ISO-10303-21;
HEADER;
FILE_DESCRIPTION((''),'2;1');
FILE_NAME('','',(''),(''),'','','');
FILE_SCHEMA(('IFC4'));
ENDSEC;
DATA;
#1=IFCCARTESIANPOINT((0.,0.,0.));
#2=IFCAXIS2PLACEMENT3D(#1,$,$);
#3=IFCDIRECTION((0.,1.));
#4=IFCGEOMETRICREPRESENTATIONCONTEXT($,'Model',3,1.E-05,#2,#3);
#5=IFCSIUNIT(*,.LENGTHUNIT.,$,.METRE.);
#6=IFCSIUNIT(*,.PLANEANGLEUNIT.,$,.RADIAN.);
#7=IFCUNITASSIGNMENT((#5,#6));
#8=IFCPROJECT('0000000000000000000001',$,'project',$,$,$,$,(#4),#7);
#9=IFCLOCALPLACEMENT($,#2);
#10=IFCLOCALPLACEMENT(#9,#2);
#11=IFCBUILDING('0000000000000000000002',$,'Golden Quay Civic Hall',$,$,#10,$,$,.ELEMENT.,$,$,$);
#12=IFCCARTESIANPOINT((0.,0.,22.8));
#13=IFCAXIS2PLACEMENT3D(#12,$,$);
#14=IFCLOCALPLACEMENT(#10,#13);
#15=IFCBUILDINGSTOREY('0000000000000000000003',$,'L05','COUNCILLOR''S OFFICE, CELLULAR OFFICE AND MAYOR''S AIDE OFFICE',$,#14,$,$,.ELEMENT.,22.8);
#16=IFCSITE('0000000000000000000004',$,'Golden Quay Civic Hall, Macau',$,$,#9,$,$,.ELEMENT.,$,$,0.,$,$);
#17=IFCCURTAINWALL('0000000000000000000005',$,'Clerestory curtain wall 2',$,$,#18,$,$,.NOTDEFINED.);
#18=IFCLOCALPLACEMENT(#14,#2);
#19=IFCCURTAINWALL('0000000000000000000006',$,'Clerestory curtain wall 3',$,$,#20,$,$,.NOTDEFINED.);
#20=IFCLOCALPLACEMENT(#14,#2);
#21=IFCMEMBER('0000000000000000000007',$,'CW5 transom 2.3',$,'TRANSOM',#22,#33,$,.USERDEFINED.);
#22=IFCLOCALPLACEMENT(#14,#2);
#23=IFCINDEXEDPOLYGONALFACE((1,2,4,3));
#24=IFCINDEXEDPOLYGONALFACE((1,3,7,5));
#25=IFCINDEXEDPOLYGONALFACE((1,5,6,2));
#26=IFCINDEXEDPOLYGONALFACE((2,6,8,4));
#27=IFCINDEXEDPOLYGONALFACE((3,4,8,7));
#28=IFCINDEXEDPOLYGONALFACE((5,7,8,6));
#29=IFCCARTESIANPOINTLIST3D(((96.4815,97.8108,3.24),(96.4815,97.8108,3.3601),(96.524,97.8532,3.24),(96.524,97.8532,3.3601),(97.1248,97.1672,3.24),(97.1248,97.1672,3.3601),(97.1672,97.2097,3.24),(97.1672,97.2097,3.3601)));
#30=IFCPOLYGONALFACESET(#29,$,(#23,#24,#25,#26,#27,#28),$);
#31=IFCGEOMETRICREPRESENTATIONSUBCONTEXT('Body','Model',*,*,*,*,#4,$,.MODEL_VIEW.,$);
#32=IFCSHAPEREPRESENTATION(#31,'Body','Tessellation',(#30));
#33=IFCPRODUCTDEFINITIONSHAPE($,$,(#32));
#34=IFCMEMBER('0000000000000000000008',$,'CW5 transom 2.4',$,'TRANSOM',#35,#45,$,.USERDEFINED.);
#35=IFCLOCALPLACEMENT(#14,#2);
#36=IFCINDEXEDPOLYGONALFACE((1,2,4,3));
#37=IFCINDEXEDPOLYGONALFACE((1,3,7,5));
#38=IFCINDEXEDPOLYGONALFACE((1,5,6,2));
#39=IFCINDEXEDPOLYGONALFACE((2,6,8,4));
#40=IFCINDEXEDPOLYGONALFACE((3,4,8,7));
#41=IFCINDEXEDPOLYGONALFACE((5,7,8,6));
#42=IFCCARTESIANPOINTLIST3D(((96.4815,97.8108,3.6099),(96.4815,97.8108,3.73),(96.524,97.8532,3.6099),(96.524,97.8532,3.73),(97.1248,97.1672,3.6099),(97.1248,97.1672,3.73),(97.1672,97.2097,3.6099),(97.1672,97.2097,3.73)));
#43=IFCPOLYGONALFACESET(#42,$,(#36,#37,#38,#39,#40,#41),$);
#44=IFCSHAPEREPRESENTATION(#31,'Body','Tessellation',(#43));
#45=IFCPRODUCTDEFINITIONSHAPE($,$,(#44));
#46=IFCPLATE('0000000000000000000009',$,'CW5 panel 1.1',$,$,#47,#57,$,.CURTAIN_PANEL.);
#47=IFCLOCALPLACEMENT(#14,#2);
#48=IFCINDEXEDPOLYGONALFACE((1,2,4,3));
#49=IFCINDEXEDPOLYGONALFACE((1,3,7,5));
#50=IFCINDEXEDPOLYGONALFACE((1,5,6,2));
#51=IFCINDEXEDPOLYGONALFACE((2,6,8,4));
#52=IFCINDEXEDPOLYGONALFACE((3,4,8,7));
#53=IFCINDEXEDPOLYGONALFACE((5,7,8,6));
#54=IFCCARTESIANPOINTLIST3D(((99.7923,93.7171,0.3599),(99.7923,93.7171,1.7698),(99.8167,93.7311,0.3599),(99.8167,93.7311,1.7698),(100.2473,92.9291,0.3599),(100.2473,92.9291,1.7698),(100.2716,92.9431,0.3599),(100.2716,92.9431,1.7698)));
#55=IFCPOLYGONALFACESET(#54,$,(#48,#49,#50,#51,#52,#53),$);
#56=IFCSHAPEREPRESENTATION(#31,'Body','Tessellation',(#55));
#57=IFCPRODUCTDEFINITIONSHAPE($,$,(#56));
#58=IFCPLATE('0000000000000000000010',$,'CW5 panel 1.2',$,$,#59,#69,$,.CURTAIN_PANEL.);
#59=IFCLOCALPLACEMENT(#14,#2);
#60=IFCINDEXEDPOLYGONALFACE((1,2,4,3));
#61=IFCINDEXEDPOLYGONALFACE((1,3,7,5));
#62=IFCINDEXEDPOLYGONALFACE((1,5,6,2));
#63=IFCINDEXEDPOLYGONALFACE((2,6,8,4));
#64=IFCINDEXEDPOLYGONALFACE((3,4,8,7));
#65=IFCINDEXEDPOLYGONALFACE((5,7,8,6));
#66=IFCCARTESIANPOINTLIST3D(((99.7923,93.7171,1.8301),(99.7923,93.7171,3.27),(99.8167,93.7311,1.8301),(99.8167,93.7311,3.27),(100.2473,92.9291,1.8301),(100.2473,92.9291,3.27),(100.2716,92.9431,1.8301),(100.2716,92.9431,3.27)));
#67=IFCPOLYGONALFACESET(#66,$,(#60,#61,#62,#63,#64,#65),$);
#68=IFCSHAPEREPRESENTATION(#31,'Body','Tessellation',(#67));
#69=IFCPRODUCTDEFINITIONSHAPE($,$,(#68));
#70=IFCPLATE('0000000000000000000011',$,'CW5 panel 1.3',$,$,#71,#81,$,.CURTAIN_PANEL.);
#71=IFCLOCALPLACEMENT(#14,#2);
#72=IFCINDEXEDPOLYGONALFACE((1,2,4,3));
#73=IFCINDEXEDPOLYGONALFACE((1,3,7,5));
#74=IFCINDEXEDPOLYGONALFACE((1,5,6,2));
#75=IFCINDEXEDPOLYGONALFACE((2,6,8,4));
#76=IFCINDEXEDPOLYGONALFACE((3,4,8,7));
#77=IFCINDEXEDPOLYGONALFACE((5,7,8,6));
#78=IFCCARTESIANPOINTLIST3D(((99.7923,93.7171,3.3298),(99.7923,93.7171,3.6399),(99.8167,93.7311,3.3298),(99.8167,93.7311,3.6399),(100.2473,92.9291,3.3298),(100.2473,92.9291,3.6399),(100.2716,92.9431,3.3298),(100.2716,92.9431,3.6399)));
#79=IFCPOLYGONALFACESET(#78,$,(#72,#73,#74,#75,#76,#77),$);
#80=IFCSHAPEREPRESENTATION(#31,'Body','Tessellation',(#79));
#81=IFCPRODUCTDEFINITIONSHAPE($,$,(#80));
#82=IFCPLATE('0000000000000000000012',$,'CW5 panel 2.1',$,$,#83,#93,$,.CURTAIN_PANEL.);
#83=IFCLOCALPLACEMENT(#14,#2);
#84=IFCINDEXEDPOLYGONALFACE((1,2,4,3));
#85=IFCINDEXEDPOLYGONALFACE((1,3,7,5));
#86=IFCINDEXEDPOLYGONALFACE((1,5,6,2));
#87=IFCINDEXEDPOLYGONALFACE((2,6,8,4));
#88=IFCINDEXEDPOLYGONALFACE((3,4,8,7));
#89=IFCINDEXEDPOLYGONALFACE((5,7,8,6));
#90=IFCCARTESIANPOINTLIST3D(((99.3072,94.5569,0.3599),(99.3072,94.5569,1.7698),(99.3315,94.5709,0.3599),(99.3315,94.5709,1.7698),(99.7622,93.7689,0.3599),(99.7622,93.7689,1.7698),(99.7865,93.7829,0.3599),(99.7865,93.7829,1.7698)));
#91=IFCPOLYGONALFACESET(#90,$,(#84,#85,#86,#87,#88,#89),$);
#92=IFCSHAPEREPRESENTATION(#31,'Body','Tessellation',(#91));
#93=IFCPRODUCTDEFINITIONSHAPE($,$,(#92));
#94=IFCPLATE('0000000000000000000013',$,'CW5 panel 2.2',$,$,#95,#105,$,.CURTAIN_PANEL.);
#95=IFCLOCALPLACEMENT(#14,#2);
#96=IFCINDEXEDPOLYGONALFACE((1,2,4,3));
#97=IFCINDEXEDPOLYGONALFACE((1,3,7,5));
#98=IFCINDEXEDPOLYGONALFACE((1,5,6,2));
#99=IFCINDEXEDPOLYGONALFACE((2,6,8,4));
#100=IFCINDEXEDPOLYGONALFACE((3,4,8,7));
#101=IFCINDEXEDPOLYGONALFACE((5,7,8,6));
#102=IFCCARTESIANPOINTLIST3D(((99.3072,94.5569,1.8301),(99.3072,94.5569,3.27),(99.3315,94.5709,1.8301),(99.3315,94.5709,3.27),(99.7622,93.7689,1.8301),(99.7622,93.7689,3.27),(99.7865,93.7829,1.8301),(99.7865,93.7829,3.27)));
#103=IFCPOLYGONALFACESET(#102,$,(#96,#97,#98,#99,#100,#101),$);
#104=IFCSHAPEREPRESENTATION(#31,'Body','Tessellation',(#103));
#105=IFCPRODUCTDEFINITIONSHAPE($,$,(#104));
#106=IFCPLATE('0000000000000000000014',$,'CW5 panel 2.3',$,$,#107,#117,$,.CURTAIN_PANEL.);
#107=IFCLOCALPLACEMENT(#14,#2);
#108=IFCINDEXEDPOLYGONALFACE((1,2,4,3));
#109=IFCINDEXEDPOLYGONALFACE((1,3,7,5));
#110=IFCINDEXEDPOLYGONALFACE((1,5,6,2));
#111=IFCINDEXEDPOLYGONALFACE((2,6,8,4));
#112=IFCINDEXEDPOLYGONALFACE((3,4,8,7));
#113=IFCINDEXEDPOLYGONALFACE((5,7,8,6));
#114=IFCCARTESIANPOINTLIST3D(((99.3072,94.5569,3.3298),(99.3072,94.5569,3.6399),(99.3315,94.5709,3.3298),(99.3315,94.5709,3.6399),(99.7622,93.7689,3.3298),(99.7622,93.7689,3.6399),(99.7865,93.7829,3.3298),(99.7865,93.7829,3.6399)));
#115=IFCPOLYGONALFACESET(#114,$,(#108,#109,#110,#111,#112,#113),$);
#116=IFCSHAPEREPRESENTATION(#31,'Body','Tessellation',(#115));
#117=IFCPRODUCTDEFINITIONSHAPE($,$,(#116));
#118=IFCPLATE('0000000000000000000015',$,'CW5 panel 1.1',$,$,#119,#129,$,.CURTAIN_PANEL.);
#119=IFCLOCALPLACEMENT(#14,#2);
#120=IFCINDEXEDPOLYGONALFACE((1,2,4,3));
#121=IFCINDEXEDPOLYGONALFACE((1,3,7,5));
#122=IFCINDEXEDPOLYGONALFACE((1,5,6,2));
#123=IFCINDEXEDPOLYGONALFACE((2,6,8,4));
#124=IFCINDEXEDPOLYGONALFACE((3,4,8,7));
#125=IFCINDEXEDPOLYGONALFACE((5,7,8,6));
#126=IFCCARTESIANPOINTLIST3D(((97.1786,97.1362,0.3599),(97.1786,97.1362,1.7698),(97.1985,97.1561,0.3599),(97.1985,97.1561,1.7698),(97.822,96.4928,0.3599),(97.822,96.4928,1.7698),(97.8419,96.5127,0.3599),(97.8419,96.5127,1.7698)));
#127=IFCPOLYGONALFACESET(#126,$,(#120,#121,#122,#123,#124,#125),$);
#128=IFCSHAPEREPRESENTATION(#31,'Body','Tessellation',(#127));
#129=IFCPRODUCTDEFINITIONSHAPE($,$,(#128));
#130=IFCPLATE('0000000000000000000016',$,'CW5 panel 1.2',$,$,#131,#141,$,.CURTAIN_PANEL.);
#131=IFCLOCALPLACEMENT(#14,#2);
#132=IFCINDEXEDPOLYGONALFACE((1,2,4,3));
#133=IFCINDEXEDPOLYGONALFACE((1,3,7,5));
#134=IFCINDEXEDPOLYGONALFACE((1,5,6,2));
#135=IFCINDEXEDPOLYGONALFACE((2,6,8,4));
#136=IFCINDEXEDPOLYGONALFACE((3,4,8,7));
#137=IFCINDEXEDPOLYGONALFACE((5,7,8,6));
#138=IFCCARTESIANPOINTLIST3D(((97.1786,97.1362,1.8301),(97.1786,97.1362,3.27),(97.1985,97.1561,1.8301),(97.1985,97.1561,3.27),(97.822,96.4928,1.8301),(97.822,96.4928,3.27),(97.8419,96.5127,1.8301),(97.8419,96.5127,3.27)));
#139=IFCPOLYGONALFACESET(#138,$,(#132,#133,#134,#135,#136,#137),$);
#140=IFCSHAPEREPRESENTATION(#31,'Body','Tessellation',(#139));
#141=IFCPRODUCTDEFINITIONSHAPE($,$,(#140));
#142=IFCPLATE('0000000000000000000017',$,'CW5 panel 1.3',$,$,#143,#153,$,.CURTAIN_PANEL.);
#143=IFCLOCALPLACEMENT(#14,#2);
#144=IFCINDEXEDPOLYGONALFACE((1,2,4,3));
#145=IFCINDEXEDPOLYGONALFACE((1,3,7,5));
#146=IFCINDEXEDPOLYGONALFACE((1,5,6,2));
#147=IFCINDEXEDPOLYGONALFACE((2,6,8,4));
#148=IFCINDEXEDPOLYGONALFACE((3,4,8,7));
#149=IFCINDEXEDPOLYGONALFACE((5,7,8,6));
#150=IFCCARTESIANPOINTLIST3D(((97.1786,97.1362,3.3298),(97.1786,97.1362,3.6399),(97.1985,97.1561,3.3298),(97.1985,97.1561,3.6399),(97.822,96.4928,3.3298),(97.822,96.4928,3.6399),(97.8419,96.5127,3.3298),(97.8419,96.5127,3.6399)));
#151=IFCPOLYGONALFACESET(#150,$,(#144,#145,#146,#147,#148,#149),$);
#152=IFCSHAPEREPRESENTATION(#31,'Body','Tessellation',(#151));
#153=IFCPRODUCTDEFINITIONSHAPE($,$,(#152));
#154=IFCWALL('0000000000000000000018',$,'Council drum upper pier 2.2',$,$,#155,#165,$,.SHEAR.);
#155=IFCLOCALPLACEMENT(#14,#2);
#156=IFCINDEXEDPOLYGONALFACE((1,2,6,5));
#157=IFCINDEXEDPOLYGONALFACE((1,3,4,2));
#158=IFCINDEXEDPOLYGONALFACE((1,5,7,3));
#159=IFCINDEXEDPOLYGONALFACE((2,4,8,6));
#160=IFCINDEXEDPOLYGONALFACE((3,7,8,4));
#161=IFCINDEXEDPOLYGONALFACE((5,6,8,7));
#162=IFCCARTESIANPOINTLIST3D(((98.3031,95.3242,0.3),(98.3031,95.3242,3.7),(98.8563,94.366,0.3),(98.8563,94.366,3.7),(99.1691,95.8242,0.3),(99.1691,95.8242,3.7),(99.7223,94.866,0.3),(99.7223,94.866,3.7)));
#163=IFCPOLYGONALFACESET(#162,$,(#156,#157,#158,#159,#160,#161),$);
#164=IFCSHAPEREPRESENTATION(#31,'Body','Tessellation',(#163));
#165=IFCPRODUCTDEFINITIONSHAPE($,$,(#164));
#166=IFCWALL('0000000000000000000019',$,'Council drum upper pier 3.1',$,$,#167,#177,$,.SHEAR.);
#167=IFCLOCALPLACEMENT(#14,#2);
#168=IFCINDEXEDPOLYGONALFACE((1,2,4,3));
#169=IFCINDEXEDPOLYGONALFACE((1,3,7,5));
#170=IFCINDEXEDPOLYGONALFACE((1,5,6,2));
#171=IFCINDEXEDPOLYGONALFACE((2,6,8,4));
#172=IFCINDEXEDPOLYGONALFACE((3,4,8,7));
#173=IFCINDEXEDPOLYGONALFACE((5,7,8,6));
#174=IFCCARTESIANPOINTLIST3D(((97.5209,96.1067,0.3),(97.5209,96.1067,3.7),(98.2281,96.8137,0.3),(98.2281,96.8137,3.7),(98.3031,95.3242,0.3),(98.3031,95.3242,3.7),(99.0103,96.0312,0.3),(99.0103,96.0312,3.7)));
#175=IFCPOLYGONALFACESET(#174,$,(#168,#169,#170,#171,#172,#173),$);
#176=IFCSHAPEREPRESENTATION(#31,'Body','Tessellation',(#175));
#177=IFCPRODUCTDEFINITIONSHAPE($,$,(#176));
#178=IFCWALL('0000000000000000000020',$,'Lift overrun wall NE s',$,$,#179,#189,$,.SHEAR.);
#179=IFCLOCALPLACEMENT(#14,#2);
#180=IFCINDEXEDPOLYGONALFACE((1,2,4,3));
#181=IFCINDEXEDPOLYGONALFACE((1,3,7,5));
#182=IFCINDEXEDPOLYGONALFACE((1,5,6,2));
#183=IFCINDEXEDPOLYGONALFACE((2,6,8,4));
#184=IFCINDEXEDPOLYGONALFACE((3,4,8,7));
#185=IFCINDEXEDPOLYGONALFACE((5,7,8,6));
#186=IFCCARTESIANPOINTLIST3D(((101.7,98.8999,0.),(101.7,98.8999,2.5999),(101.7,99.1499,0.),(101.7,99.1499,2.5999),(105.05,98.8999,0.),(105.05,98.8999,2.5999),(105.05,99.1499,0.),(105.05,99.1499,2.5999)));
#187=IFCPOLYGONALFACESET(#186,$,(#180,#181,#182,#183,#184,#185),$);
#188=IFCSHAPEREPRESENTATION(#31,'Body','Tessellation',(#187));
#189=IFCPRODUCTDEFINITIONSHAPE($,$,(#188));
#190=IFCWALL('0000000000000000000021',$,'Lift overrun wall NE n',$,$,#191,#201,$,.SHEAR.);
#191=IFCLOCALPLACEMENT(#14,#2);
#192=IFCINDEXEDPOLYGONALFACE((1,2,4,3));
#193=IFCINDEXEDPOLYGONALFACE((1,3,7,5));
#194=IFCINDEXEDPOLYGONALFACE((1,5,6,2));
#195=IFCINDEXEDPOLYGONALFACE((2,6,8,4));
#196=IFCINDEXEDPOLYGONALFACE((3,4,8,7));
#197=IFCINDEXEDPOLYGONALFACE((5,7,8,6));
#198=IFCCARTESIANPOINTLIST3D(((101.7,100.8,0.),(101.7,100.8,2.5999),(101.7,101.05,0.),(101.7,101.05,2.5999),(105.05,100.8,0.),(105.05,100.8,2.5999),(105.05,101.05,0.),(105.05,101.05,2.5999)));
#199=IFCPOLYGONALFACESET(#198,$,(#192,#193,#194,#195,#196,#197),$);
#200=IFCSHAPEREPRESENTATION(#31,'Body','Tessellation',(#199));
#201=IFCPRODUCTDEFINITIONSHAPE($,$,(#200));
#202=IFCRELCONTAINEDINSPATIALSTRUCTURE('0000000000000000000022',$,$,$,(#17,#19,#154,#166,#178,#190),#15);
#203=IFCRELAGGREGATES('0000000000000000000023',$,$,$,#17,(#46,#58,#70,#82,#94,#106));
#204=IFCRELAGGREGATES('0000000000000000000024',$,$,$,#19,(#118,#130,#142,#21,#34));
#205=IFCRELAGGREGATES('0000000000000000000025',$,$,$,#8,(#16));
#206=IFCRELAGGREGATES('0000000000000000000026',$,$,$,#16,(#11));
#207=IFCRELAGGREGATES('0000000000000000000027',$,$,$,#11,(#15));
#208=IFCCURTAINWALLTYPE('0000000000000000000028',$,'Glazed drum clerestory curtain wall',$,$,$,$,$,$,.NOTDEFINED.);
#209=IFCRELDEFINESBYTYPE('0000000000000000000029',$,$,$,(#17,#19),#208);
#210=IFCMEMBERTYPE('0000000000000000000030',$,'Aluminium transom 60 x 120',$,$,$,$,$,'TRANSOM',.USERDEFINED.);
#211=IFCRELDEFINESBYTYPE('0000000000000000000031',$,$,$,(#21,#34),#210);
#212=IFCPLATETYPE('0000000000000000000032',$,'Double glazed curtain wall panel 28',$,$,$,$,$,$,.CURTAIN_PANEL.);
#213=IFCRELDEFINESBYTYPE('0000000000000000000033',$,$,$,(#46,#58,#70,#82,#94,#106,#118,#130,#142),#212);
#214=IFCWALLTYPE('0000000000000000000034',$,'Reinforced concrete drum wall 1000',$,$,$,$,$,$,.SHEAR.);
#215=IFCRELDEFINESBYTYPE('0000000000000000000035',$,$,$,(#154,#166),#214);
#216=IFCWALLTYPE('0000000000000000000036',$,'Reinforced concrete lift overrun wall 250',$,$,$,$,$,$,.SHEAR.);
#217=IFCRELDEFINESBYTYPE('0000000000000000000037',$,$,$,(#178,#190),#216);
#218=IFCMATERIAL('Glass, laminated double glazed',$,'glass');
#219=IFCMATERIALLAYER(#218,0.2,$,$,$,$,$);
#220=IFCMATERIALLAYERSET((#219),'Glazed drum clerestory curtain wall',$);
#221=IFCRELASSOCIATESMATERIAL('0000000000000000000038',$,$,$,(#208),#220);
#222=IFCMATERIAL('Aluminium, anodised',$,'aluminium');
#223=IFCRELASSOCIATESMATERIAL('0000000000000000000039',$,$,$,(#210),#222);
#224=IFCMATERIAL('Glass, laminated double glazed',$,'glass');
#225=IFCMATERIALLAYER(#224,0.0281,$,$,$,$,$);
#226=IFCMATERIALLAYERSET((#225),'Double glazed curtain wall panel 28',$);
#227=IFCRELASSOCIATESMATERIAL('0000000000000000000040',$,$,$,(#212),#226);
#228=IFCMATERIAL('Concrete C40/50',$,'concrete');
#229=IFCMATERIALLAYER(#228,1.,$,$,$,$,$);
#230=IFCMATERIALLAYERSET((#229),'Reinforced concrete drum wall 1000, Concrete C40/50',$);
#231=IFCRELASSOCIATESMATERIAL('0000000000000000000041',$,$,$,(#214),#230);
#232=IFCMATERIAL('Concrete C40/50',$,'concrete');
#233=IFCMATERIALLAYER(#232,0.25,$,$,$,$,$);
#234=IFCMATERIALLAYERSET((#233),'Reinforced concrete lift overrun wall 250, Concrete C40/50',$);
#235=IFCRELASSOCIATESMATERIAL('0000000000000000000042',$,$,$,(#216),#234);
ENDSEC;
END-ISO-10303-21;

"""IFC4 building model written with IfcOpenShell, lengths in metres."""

from ifc_helpers import new_model, si_unit, direction, frame, frame_2d, origin, origin_2d, place, context, subcontext, project, spatial, rectangle, extrude, material, layer, layer_set, material_profile, profile_set, type_object, element, aggregate, save


model = new_model("IFC4")

# Units and contexts
model_context = context("Model", 3, precision=1e-05, world=origin(), true_north=direction((0.0, 1.0)))
body_context = subcontext(model_context, "Body", "Model", "MODEL_VIEW")
ifc_project = project(units=[si_unit("LENGTHUNIT", "METRE"), si_unit("PLANEANGLEUNIT", "RADIAN")], contexts=[model_context])

# Site, building, storey
site_placement = place(None, origin())
site = spatial("IfcSite", under=ifc_project, at=site_placement, Name="Golden Quay Civic Hall, Macau", CompositionType="ELEMENT", RefElevation=0.0)
building_placement = place(site_placement, origin())
building = spatial("IfcBuilding", under=site, at=building_placement, Name="Golden Quay Civic Hall", CompositionType="ELEMENT")
storey_placement = place(building_placement, frame((0.0, 0.0, 22.8)))
storey = spatial("IfcBuildingStorey", under=building, at=storey_placement, Name="L05", Description="COUNCILLOR'S OFFICE, CELLULAR OFFICE AND MAYOR'S AIDE OFFICE", CompositionType="ELEMENT", Elevation=22.8)

# Curtain walls
ifc_material_1 = material(Name="Glass, laminated double glazed", Category="glass")
ifc_layer_1 = layer(ifc_material_1, 0.2)
ifc_layer_set_1 = layer_set([ifc_layer_1], Name="Glazed drum clerestory curtain wall")
curtain_wall_type = type_object("IfcCurtainWallType", Name="Glazed drum clerestory curtain wall", PredefinedType="NOTDEFINED", material=ifc_layer_set_1)
curtain_wall_1_placement = place(storey_placement, origin())
curtain_wall_1 = element("IfcCurtainWall", 1, at=curtain_wall_1_placement, inside=storey, type_object=curtain_wall_type, Name="Clerestory curtain wall 2", PredefinedType="NOTDEFINED")
curtain_wall_2_placement = place(storey_placement, origin())
curtain_wall_2 = element("IfcCurtainWall", 2, at=curtain_wall_2_placement, inside=storey, type_object=curtain_wall_type, Name="Clerestory curtain wall 3", PredefinedType="NOTDEFINED")

# Members
ifc_material_2 = material(Name="Aluminium, anodised", Category="aluminium")
ifc_material_profile_1 = material_profile(ifc_material_2, rectangle(XDim=0.0601, YDim=0.1201, at=origin_2d()), Name="Aluminium 60 x 120")
ifc_profile_set_1 = profile_set([ifc_material_profile_1], Name="Aluminium, anodised")
member_type_1 = type_object("IfcMemberType", Name="Aluminium transom 60 x 120", ElementType="TRANSOM", PredefinedType="USERDEFINED", material=ifc_profile_set_1)
member_1_placement = place(storey_placement, frame((97.146, 97.1885, 3.3), z_axis=(-0.706973, 0.707241, 0.0), x_axis=(-0.707241, -0.706973, 0.0)))
member_1 = element("IfcMember", 3, at=member_1_placement, type_object=member_type_1, Name="CW5 transom 2.3", ObjectType="TRANSOM", PredefinedType="USERDEFINED", context=body_context, shape_type="SweptSolid", body=[
    extrude(rectangle(XDim=0.0601, YDim=0.1201, at=origin_2d()), origin(), (0.0, 0.0, 1.0), 0.9099),
])
member_2_placement = place(storey_placement, frame((97.146, 97.1885, 3.6699), z_axis=(-0.706973, 0.707241, 0.0), x_axis=(-0.707241, -0.706973, 0.0)))
member_2 = element("IfcMember", 4, at=member_2_placement, type_object=member_type_1, Name="CW5 transom 2.4", ObjectType="TRANSOM", PredefinedType="USERDEFINED", context=body_context, shape_type="SweptSolid", body=[
    extrude(rectangle(XDim=0.0601, YDim=0.1201, at=origin_2d()), origin(), (0.0, 0.0, 1.0), 0.9099),
])

# Plates
ifc_material_3 = material(Name="Glass, laminated double glazed", Category="glass")
ifc_layer_2 = layer(ifc_material_3, 0.0281)
ifc_layer_set_2 = layer_set([ifc_layer_2], Name="Double glazed curtain wall panel 28")
plate_type = type_object("IfcPlateType", Name="Double glazed curtain wall panel 28", PredefinedType="CURTAIN_PANEL", material=ifc_layer_set_2)
plate_1_placement = place(storey_placement, frame((100.032, 93.3301, 0.3599), z_axis=(0.0, 0.0, 1.0), x_axis=(-0.500011, 0.866019, 0.0)))
plate_1 = element("IfcPlate", 5, at=plate_1_placement, type_object=plate_type, Name="CW5 panel 1.1", PredefinedType="CURTAIN_PANEL", context=body_context, shape_type="SweptSolid", body=[
    extrude(rectangle(XDim=0.9099, YDim=0.0281, at=origin_2d()), origin(), (0.0, 0.0, 1.0), 1.4099),
])
plate_2_placement = place(storey_placement, frame((100.032, 93.3301, 1.8301), z_axis=(0.0, 0.0, 1.0), x_axis=(-0.500011, 0.866019, 0.0)))
plate_2 = element("IfcPlate", 6, at=plate_2_placement, type_object=plate_type, Name="CW5 panel 1.2", PredefinedType="CURTAIN_PANEL", context=body_context, shape_type="SweptSolid", body=[
    extrude(rectangle(XDim=0.9099, YDim=0.0281, at=origin_2d()), origin(), (0.0, 0.0, 1.0), 1.4399),
])
plate_3_placement = place(storey_placement, frame((100.032, 93.3301, 3.3298), z_axis=(0.0, 0.0, 1.0), x_axis=(-0.500011, 0.866019, 0.0)))
plate_3 = element("IfcPlate", 7, at=plate_3_placement, type_object=plate_type, Name="CW5 panel 1.3", PredefinedType="CURTAIN_PANEL", context=body_context, shape_type="SweptSolid", body=[
    extrude(rectangle(XDim=0.9099, YDim=0.0281, at=origin_2d()), origin(), (0.0, 0.0, 1.0), 0.3101),
])
plate_4_placement = place(storey_placement, frame((99.5469, 94.1699, 0.3599), z_axis=(0.0, 0.0, 1.0), x_axis=(-0.500011, 0.866019, 0.0)))
plate_4 = element("IfcPlate", 8, at=plate_4_placement, type_object=plate_type, Name="CW5 panel 2.1", PredefinedType="CURTAIN_PANEL", context=body_context, shape_type="SweptSolid", body=[
    extrude(rectangle(XDim=0.9099, YDim=0.0281, at=origin_2d()), origin(), (0.0, 0.0, 1.0), 1.4099),
])
plate_5_placement = place(storey_placement, frame((99.5469, 94.1699, 1.8301), z_axis=(0.0, 0.0, 1.0), x_axis=(-0.500011, 0.866019, 0.0)))
plate_5 = element("IfcPlate", 9, at=plate_5_placement, type_object=plate_type, Name="CW5 panel 2.2", PredefinedType="CURTAIN_PANEL", context=body_context, shape_type="SweptSolid", body=[
    extrude(rectangle(XDim=0.9099, YDim=0.0281, at=origin_2d()), origin(), (0.0, 0.0, 1.0), 1.4399),
])
plate_6_placement = place(storey_placement, frame((99.5469, 94.1699, 3.3298), z_axis=(0.0, 0.0, 1.0), x_axis=(-0.500011, 0.866019, 0.0)))
plate_6 = element("IfcPlate", 10, at=plate_6_placement, type_object=plate_type, Name="CW5 panel 2.3", PredefinedType="CURTAIN_PANEL", context=body_context, shape_type="SweptSolid", body=[
    extrude(rectangle(XDim=0.9099, YDim=0.0281, at=origin_2d()), origin(), (0.0, 0.0, 1.0), 0.3101),
])
aggregate(curtain_wall_1, [plate_1, plate_2, plate_3, plate_4, plate_5, plate_6])
plate_7_placement = place(storey_placement, frame((97.5103, 96.8245, 0.3599), z_axis=(0.0, 0.0, 1.0), x_axis=(-0.707107, 0.707107, 0.0)))
plate_7 = element("IfcPlate", 11, at=plate_7_placement, type_object=plate_type, Name="CW5 panel 1.1", PredefinedType="CURTAIN_PANEL", context=body_context, shape_type="SweptSolid", body=[
    extrude(rectangle(XDim=0.9099, YDim=0.0281, at=origin_2d()), origin(), (0.0, 0.0, 1.0), 1.4099),
])
plate_8_placement = place(storey_placement, frame((97.5103, 96.8245, 1.8301), z_axis=(0.0, 0.0, 1.0), x_axis=(-0.707107, 0.707107, 0.0)))
plate_8 = element("IfcPlate", 12, at=plate_8_placement, type_object=plate_type, Name="CW5 panel 1.2", PredefinedType="CURTAIN_PANEL", context=body_context, shape_type="SweptSolid", body=[
    extrude(rectangle(XDim=0.9099, YDim=0.0281, at=origin_2d()), origin(), (0.0, 0.0, 1.0), 1.4399),
])
plate_9_placement = place(storey_placement, frame((97.5103, 96.8245, 3.3298), z_axis=(0.0, 0.0, 1.0), x_axis=(-0.707107, 0.707107, 0.0)))
plate_9 = element("IfcPlate", 13, at=plate_9_placement, type_object=plate_type, Name="CW5 panel 1.3", PredefinedType="CURTAIN_PANEL", context=body_context, shape_type="SweptSolid", body=[
    extrude(rectangle(XDim=0.9099, YDim=0.0281, at=origin_2d()), origin(), (0.0, 0.0, 1.0), 0.3101),
])
aggregate(curtain_wall_2, [plate_7, plate_8, plate_9, member_1, member_2])

# Walls
ifc_material_4 = material(Name="Concrete C40/50", Category="concrete")
ifc_layer_3 = layer(ifc_material_4, 1.0)
ifc_layer_set_3 = layer_set([ifc_layer_3], Name="Reinforced concrete drum wall 1000, Concrete C40/50")
wall_type_1 = type_object("IfcWallType", Name="Reinforced concrete drum wall 1000", PredefinedType="SHEAR", material=ifc_layer_set_3)
for number, where, z_axis, x_axis, name in (
    (14, (99.2893, 94.616, 0.3), (0.0, 0.0, 1.0), (-0.499983, 0.866035, 0.0), "Council drum upper pier 2.2"),
    (15, (98.6567, 95.6777, 0.3), (0.0, 0.0, 1.0), (-0.706996, 0.707217, 0.0), "Council drum upper pier 3.1"),
):
    element("IfcWall", number, at=place(storey_placement, frame(where, z_axis=z_axis, x_axis=x_axis)), inside=storey, type_object=wall_type_1, Name=name, PredefinedType="SHEAR", context=body_context, shape_type="SweptSolid", body=[
        extrude(rectangle(XDim=1.1064, YDim=1.0, at=frame_2d((0.5532, 0.0))), origin(), (0.0, 0.0, 1.0), 3.3999),
    ])
ifc_material_5 = material(Name="Concrete C40/50", Category="concrete")
ifc_layer_4 = layer(ifc_material_5, 0.25)
ifc_layer_set_4 = layer_set([ifc_layer_4], Name="Reinforced concrete lift overrun wall 250, Concrete C40/50")
wall_type_2 = type_object("IfcWallType", Name="Reinforced concrete lift overrun wall 250", PredefinedType="SHEAR", material=ifc_layer_set_4)
for number, where, z_axis, x_axis, name in (
    (16, (101.7, 99.0249, 0.0), (0.0, 0.0, 1.0), (1.0, 0.0, 0.0), "Lift overrun wall NE s"),
    (17, (101.7, 100.925, 0.0), (0.0, 0.0, 1.0), (1.0, 0.0, 0.0), "Lift overrun wall NE n"),
):
    element("IfcWall", number, at=place(storey_placement, frame(where, z_axis=z_axis, x_axis=x_axis)), inside=storey, type_object=wall_type_2, Name=name, PredefinedType="SHEAR", context=body_context, shape_type="SweptSolid", body=[
        extrude(rectangle(XDim=3.3501, YDim=0.25, at=frame_2d((1.675, 0.0))), origin(), (0.0, 0.0, 1.0), 2.5999),
    ])

save(model, "model.ifc")
